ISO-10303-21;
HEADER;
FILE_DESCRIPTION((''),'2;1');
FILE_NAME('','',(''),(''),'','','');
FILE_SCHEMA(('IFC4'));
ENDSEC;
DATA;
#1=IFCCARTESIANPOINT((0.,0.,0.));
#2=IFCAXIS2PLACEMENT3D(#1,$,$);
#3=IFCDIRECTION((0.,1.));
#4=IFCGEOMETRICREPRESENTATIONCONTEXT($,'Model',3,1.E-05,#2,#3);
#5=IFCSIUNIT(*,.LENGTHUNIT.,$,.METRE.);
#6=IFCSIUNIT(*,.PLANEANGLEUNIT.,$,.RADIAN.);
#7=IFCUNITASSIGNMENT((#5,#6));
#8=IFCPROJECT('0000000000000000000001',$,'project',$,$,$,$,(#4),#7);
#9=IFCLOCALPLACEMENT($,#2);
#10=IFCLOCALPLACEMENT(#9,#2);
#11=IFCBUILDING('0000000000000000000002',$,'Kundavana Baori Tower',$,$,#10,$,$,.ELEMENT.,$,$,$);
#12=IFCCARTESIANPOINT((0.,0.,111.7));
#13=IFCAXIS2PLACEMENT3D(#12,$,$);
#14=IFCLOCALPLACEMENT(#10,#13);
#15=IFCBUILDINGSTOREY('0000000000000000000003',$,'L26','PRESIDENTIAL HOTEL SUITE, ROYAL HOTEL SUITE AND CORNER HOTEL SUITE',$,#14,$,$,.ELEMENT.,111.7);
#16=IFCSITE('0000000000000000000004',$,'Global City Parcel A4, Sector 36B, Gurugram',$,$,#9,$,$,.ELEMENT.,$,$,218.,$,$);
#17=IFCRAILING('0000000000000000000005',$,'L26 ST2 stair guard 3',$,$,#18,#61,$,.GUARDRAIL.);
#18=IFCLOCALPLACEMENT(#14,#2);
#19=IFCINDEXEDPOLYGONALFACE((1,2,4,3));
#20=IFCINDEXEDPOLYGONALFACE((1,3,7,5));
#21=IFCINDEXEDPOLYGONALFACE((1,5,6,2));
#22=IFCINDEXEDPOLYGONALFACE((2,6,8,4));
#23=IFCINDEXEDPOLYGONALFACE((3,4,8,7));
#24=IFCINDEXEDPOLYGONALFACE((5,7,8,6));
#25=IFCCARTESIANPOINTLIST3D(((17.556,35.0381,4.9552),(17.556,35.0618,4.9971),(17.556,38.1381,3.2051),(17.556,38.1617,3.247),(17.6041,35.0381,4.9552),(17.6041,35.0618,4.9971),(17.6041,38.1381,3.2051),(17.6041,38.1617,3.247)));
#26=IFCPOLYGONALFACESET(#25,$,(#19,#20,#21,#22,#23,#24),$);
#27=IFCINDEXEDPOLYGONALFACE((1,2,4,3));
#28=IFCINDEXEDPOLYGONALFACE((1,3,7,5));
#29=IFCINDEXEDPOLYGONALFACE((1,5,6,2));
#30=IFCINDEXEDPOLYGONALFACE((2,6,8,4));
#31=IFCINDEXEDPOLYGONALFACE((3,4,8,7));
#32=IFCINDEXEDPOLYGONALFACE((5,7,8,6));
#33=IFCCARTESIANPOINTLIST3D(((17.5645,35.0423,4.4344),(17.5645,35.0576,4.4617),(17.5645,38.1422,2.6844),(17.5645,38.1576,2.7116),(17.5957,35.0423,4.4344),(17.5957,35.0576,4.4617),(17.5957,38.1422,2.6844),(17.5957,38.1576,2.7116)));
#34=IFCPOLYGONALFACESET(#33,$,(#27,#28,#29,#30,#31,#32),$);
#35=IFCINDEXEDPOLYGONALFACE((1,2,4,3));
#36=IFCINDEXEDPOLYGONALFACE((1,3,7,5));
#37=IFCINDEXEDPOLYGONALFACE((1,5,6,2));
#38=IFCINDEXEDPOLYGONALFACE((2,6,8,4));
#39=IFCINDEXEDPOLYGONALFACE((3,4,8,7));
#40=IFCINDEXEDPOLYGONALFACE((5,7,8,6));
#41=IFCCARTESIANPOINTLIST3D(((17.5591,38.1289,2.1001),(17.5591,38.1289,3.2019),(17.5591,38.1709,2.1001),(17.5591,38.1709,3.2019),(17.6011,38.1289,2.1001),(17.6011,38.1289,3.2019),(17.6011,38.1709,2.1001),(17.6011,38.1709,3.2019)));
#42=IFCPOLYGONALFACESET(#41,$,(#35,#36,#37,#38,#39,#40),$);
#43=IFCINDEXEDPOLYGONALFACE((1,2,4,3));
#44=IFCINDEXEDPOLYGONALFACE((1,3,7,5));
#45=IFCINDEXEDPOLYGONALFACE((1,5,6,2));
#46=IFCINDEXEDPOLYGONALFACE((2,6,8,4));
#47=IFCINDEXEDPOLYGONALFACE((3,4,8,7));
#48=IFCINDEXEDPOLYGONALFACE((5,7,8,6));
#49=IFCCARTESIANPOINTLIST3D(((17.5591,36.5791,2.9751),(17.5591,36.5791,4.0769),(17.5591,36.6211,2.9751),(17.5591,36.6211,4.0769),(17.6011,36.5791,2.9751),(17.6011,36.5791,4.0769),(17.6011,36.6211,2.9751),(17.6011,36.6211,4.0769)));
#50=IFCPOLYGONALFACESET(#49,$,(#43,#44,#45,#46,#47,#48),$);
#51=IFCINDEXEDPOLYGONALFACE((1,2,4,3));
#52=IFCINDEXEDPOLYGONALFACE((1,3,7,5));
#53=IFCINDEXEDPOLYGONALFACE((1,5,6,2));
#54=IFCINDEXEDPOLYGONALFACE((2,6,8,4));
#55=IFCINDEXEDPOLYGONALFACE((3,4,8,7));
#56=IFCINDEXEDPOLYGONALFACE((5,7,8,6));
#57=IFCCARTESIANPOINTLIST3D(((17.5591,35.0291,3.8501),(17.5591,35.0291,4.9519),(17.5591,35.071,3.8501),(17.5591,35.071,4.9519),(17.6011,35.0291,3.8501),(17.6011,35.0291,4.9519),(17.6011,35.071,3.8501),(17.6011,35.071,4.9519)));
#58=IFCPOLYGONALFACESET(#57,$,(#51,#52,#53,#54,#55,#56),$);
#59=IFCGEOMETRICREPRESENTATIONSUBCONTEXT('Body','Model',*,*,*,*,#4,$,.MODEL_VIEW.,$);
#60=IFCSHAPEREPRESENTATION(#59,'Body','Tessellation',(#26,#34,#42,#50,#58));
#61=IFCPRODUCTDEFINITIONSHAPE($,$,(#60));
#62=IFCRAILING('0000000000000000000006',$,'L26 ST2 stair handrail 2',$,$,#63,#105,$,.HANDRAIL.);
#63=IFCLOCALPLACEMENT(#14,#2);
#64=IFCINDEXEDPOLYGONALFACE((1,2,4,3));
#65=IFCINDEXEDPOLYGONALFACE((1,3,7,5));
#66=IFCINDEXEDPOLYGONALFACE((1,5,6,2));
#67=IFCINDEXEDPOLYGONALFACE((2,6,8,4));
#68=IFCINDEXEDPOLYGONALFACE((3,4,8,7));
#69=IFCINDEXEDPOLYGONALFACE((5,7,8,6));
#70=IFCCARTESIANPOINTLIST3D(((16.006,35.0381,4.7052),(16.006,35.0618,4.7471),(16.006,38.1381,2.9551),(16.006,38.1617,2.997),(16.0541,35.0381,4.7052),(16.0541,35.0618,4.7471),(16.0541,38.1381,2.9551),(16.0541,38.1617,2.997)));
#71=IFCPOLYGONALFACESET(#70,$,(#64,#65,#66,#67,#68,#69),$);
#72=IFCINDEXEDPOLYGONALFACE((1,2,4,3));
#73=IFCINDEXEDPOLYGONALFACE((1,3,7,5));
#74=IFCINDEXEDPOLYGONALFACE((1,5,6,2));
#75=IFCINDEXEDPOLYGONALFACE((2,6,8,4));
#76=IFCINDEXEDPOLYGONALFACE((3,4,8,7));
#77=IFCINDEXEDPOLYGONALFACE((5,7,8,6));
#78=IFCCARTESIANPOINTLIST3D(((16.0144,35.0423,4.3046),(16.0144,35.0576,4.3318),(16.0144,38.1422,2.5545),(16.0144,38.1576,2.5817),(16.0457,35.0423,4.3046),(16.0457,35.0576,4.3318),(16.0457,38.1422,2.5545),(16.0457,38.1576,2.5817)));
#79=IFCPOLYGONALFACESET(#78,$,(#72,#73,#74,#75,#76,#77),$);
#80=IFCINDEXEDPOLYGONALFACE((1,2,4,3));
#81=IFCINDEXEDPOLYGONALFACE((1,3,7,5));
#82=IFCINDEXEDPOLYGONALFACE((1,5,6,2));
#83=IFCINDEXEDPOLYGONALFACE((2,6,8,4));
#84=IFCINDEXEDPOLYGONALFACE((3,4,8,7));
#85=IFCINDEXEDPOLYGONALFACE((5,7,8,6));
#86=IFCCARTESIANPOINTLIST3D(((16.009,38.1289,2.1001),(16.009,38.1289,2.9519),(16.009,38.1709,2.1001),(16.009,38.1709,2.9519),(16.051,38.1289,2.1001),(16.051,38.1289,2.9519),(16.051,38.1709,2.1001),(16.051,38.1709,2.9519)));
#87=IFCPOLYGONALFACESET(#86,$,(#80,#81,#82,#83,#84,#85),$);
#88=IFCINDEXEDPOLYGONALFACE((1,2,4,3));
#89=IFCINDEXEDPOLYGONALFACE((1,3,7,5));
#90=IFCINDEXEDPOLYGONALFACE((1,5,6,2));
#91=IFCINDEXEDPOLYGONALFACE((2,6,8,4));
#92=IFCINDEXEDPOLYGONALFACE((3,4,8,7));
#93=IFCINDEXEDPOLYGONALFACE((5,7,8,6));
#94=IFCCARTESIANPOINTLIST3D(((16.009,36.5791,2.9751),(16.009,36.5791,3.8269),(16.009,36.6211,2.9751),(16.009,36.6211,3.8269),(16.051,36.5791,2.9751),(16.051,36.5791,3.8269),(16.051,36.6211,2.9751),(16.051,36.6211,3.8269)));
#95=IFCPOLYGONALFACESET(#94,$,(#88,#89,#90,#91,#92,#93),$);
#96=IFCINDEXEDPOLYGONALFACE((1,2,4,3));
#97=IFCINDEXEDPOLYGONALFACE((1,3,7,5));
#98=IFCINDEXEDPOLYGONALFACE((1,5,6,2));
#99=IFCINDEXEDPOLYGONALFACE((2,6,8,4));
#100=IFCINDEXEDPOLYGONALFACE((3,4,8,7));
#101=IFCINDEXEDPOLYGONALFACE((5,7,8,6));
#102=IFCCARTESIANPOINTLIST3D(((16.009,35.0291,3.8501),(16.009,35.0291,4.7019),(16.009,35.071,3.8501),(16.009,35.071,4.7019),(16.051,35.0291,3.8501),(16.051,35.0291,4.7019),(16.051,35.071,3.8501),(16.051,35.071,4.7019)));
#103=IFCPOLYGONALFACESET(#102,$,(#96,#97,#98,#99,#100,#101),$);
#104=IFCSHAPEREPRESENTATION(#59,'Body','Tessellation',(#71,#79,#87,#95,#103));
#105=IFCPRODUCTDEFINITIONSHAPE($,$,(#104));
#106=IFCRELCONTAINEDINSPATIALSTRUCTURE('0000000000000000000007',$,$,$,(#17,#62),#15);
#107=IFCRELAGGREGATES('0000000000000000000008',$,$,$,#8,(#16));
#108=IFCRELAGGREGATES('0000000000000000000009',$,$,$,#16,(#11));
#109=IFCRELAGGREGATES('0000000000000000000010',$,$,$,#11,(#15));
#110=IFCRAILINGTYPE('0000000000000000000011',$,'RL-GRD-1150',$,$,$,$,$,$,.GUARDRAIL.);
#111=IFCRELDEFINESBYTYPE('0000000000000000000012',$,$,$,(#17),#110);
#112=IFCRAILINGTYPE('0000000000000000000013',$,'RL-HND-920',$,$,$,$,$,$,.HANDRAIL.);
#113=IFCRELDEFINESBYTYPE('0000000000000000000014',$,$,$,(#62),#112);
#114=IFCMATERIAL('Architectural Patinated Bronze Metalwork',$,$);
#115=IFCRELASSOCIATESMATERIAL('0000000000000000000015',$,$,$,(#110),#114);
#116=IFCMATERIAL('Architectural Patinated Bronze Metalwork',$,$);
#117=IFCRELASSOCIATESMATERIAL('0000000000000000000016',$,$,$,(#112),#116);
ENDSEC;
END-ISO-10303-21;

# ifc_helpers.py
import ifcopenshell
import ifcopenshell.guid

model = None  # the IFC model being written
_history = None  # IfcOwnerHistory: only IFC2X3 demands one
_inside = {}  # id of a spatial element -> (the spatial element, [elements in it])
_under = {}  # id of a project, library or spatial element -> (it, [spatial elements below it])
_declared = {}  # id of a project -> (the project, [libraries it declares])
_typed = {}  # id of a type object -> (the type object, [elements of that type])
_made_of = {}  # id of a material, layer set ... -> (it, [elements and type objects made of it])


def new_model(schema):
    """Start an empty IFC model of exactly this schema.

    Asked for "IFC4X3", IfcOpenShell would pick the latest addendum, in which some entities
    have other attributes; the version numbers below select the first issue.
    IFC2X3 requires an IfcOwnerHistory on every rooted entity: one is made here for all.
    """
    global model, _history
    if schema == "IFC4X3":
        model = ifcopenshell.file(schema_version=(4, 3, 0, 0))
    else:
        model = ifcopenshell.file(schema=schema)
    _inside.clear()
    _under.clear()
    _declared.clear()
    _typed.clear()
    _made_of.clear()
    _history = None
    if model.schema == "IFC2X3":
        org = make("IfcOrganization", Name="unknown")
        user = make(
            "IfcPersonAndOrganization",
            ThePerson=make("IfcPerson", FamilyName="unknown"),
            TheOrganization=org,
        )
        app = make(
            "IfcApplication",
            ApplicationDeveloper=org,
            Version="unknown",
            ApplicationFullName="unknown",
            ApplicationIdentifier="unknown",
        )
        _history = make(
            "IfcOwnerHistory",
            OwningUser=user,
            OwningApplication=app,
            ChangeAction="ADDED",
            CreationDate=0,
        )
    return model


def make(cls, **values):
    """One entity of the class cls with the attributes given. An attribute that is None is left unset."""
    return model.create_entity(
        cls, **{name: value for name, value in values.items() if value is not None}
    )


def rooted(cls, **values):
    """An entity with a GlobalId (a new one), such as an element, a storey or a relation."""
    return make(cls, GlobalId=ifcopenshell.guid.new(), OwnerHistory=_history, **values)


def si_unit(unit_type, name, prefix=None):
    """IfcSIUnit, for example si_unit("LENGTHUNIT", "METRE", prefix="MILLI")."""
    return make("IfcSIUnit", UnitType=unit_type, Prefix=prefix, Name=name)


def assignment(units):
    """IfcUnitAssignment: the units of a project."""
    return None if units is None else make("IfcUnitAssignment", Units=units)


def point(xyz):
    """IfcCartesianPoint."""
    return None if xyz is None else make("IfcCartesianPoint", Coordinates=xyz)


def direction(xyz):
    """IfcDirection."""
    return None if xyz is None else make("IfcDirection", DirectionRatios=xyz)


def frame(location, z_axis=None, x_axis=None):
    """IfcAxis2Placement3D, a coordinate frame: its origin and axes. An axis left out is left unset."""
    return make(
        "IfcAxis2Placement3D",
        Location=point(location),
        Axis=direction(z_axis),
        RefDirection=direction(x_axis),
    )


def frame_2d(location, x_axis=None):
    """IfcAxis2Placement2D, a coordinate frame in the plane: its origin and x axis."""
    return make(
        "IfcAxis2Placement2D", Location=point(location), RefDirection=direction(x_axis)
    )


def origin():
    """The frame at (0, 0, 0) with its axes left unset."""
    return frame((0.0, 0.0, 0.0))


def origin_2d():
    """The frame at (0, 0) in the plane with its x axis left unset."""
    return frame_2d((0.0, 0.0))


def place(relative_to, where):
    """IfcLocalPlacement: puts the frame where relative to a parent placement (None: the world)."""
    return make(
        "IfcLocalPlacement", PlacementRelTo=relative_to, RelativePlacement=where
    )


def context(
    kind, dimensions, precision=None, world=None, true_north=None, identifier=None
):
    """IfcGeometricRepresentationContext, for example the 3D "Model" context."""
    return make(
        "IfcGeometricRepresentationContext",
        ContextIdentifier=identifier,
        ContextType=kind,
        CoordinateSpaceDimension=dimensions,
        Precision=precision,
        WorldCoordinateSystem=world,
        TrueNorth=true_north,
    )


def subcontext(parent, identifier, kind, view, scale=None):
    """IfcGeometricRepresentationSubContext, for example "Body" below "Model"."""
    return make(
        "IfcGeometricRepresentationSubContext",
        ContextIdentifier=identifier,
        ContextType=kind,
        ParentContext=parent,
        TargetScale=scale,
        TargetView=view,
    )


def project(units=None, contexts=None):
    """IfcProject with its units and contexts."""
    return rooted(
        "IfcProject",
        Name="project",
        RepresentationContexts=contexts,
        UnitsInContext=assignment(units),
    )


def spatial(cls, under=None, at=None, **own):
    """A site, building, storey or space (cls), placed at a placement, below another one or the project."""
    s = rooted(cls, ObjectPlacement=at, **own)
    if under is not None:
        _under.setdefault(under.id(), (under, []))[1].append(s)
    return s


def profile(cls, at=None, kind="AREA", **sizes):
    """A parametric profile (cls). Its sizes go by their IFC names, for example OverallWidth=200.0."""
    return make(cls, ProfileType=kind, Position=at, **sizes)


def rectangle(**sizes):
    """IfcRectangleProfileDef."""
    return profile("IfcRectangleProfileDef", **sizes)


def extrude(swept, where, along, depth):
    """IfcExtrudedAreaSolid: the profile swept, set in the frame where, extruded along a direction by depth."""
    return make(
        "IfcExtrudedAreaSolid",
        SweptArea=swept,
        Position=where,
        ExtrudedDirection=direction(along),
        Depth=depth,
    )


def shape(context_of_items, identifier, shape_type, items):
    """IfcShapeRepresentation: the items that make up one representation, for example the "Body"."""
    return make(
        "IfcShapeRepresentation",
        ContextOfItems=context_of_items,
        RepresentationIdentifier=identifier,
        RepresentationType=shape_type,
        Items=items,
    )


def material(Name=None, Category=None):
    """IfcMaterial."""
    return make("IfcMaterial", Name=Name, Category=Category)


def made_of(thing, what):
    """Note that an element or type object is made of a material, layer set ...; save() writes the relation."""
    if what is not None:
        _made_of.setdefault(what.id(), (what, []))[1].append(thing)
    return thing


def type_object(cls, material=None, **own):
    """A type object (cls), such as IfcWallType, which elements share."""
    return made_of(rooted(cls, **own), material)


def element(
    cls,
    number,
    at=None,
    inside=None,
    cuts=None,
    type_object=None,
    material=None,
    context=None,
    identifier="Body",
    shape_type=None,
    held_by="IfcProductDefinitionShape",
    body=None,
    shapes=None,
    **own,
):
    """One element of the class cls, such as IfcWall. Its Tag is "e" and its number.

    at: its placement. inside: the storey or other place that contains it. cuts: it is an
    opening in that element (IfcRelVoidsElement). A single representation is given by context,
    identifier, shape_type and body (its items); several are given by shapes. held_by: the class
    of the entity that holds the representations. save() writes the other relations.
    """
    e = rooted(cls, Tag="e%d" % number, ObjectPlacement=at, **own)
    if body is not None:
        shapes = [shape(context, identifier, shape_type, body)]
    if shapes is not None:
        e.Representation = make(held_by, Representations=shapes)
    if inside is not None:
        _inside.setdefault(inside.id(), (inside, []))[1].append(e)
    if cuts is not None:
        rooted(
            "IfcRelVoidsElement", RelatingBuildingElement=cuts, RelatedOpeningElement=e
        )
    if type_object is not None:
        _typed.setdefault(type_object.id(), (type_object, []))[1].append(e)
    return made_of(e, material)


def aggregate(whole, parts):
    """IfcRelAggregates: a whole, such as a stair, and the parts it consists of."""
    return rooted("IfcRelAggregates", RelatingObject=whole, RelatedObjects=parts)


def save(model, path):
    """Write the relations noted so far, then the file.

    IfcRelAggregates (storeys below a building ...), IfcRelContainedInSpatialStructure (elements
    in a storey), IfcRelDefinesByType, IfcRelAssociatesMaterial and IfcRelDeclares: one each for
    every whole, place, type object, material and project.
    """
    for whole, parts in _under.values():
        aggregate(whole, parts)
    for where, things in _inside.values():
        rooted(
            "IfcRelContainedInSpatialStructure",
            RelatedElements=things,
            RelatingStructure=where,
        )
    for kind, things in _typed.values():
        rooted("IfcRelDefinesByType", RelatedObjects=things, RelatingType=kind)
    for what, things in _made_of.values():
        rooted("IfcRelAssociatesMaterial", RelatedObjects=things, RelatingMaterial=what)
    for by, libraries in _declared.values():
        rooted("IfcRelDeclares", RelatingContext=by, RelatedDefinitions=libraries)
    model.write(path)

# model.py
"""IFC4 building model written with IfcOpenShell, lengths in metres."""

from ifc_helpers import new_model, si_unit, direction, frame, origin, origin_2d, place, context, subcontext, project, spatial, rectangle, extrude, material, type_object, element, save


model = new_model("IFC4")

# Units and contexts
model_context = context("Model", 3, precision=1e-05, world=origin(), true_north=direction((0.0, 1.0)))
body_context = subcontext(model_context, "Body", "Model", "MODEL_VIEW")
ifc_project = project(units=[si_unit("LENGTHUNIT", "METRE"), si_unit("PLANEANGLEUNIT", "RADIAN")], contexts=[model_context])

# Site, building, storey
site_placement = place(None, origin())
site = spatial("IfcSite", under=ifc_project, at=site_placement, Name="Global City Parcel A4, Sector 36B, Gurugram", CompositionType="ELEMENT", RefElevation=218.0)
building_placement = place(site_placement, origin())
building = spatial("IfcBuilding", under=site, at=building_placement, Name="Kundavana Baori Tower", CompositionType="ELEMENT")
storey_placement = place(building_placement, frame((0.0, 0.0, 111.7)))
storey = spatial("IfcBuildingStorey", under=building, at=storey_placement, Name="L26", Description="PRESIDENTIAL HOTEL SUITE, ROYAL HOTEL SUITE AND CORNER HOTEL SUITE", CompositionType="ELEMENT", Elevation=111.7)

# Railings
ifc_material_1 = material(Name="Architectural Patinated Bronze Metalwork")
railing_type_1 = type_object("IfcRailingType", Name="RL-GRD-1150", PredefinedType="GUARDRAIL", material=ifc_material_1)
railing_1_placement = place(storey_placement, frame((17.5801, 38.1499, 2.1001)))
element("IfcRailing", 1, at=railing_1_placement, inside=storey, type_object=railing_type_1, Name="L26 ST2 stair guard 3", PredefinedType="GUARDRAIL", context=body_context, shape_type="SweptSolid", body=[
    extrude(rectangle(XDim=0.0481, YDim=0.0481, at=origin_2d()), frame((0.0, 0.0, 1.126), z_axis=(0.0, -0.870814, 0.491612), x_axis=(1.0, 0.0, 0.0)), (0.0, 0.0, 1.0), 3.5598),
    extrude(rectangle(XDim=0.0312, YDim=0.0312, at=origin_2d()), frame((0.0, 0.0, 0.5979), z_axis=(0.0, -0.870814, 0.491612), x_axis=(1.0, 0.0, 0.0)), (0.0, 0.0, 1.0), 3.5598),
    extrude(rectangle(XDim=0.042, YDim=0.042, at=origin_2d()), origin(), (0.0, 0.0, 1.0), 1.1018),
    extrude(rectangle(XDim=0.042, YDim=0.042, at=origin_2d()), frame((0.0, -1.5498, 0.875)), (0.0, 0.0, 1.0), 1.1018),
    extrude(rectangle(XDim=0.042, YDim=0.042, at=origin_2d()), frame((0.0, -3.0999, 1.75)), (0.0, 0.0, 1.0), 1.1018),
])
ifc_material_2 = material(Name="Architectural Patinated Bronze Metalwork")
railing_type_2 = type_object("IfcRailingType", Name="RL-HND-920", PredefinedType="HANDRAIL", material=ifc_material_2)
railing_2_placement = place(storey_placement, frame((16.03, 38.1499, 2.1001)))
element("IfcRailing", 2, at=railing_2_placement, inside=storey, type_object=railing_type_2, Name="L26 ST2 stair handrail 2", PredefinedType="HANDRAIL", context=body_context, shape_type="SweptSolid", body=[
    extrude(rectangle(XDim=0.0481, YDim=0.0481, at=origin_2d()), frame((0.0, 0.0, 0.876), z_axis=(0.0, -0.870814, 0.491612), x_axis=(1.0, 0.0, 0.0)), (0.0, 0.0, 1.0), 3.5598),
    extrude(rectangle(XDim=0.0312, YDim=0.0312, at=origin_2d()), frame((0.0, 0.0, 0.468), z_axis=(0.0, -0.870814, 0.491612), x_axis=(1.0, 0.0, 0.0)), (0.0, 0.0, 1.0), 3.5598),
    extrude(rectangle(XDim=0.042, YDim=0.042, at=origin_2d()), origin(), (0.0, 0.0, 1.0), 0.8518),
    extrude(rectangle(XDim=0.042, YDim=0.042, at=origin_2d()), frame((0.0, -1.5498, 0.875)), (0.0, 0.0, 1.0), 0.8518),
    extrude(rectangle(XDim=0.042, YDim=0.042, at=origin_2d()), frame((0.0, -3.0999, 1.75)), (0.0, 0.0, 1.0), 0.8518),
])

save(model, "model.ifc")
